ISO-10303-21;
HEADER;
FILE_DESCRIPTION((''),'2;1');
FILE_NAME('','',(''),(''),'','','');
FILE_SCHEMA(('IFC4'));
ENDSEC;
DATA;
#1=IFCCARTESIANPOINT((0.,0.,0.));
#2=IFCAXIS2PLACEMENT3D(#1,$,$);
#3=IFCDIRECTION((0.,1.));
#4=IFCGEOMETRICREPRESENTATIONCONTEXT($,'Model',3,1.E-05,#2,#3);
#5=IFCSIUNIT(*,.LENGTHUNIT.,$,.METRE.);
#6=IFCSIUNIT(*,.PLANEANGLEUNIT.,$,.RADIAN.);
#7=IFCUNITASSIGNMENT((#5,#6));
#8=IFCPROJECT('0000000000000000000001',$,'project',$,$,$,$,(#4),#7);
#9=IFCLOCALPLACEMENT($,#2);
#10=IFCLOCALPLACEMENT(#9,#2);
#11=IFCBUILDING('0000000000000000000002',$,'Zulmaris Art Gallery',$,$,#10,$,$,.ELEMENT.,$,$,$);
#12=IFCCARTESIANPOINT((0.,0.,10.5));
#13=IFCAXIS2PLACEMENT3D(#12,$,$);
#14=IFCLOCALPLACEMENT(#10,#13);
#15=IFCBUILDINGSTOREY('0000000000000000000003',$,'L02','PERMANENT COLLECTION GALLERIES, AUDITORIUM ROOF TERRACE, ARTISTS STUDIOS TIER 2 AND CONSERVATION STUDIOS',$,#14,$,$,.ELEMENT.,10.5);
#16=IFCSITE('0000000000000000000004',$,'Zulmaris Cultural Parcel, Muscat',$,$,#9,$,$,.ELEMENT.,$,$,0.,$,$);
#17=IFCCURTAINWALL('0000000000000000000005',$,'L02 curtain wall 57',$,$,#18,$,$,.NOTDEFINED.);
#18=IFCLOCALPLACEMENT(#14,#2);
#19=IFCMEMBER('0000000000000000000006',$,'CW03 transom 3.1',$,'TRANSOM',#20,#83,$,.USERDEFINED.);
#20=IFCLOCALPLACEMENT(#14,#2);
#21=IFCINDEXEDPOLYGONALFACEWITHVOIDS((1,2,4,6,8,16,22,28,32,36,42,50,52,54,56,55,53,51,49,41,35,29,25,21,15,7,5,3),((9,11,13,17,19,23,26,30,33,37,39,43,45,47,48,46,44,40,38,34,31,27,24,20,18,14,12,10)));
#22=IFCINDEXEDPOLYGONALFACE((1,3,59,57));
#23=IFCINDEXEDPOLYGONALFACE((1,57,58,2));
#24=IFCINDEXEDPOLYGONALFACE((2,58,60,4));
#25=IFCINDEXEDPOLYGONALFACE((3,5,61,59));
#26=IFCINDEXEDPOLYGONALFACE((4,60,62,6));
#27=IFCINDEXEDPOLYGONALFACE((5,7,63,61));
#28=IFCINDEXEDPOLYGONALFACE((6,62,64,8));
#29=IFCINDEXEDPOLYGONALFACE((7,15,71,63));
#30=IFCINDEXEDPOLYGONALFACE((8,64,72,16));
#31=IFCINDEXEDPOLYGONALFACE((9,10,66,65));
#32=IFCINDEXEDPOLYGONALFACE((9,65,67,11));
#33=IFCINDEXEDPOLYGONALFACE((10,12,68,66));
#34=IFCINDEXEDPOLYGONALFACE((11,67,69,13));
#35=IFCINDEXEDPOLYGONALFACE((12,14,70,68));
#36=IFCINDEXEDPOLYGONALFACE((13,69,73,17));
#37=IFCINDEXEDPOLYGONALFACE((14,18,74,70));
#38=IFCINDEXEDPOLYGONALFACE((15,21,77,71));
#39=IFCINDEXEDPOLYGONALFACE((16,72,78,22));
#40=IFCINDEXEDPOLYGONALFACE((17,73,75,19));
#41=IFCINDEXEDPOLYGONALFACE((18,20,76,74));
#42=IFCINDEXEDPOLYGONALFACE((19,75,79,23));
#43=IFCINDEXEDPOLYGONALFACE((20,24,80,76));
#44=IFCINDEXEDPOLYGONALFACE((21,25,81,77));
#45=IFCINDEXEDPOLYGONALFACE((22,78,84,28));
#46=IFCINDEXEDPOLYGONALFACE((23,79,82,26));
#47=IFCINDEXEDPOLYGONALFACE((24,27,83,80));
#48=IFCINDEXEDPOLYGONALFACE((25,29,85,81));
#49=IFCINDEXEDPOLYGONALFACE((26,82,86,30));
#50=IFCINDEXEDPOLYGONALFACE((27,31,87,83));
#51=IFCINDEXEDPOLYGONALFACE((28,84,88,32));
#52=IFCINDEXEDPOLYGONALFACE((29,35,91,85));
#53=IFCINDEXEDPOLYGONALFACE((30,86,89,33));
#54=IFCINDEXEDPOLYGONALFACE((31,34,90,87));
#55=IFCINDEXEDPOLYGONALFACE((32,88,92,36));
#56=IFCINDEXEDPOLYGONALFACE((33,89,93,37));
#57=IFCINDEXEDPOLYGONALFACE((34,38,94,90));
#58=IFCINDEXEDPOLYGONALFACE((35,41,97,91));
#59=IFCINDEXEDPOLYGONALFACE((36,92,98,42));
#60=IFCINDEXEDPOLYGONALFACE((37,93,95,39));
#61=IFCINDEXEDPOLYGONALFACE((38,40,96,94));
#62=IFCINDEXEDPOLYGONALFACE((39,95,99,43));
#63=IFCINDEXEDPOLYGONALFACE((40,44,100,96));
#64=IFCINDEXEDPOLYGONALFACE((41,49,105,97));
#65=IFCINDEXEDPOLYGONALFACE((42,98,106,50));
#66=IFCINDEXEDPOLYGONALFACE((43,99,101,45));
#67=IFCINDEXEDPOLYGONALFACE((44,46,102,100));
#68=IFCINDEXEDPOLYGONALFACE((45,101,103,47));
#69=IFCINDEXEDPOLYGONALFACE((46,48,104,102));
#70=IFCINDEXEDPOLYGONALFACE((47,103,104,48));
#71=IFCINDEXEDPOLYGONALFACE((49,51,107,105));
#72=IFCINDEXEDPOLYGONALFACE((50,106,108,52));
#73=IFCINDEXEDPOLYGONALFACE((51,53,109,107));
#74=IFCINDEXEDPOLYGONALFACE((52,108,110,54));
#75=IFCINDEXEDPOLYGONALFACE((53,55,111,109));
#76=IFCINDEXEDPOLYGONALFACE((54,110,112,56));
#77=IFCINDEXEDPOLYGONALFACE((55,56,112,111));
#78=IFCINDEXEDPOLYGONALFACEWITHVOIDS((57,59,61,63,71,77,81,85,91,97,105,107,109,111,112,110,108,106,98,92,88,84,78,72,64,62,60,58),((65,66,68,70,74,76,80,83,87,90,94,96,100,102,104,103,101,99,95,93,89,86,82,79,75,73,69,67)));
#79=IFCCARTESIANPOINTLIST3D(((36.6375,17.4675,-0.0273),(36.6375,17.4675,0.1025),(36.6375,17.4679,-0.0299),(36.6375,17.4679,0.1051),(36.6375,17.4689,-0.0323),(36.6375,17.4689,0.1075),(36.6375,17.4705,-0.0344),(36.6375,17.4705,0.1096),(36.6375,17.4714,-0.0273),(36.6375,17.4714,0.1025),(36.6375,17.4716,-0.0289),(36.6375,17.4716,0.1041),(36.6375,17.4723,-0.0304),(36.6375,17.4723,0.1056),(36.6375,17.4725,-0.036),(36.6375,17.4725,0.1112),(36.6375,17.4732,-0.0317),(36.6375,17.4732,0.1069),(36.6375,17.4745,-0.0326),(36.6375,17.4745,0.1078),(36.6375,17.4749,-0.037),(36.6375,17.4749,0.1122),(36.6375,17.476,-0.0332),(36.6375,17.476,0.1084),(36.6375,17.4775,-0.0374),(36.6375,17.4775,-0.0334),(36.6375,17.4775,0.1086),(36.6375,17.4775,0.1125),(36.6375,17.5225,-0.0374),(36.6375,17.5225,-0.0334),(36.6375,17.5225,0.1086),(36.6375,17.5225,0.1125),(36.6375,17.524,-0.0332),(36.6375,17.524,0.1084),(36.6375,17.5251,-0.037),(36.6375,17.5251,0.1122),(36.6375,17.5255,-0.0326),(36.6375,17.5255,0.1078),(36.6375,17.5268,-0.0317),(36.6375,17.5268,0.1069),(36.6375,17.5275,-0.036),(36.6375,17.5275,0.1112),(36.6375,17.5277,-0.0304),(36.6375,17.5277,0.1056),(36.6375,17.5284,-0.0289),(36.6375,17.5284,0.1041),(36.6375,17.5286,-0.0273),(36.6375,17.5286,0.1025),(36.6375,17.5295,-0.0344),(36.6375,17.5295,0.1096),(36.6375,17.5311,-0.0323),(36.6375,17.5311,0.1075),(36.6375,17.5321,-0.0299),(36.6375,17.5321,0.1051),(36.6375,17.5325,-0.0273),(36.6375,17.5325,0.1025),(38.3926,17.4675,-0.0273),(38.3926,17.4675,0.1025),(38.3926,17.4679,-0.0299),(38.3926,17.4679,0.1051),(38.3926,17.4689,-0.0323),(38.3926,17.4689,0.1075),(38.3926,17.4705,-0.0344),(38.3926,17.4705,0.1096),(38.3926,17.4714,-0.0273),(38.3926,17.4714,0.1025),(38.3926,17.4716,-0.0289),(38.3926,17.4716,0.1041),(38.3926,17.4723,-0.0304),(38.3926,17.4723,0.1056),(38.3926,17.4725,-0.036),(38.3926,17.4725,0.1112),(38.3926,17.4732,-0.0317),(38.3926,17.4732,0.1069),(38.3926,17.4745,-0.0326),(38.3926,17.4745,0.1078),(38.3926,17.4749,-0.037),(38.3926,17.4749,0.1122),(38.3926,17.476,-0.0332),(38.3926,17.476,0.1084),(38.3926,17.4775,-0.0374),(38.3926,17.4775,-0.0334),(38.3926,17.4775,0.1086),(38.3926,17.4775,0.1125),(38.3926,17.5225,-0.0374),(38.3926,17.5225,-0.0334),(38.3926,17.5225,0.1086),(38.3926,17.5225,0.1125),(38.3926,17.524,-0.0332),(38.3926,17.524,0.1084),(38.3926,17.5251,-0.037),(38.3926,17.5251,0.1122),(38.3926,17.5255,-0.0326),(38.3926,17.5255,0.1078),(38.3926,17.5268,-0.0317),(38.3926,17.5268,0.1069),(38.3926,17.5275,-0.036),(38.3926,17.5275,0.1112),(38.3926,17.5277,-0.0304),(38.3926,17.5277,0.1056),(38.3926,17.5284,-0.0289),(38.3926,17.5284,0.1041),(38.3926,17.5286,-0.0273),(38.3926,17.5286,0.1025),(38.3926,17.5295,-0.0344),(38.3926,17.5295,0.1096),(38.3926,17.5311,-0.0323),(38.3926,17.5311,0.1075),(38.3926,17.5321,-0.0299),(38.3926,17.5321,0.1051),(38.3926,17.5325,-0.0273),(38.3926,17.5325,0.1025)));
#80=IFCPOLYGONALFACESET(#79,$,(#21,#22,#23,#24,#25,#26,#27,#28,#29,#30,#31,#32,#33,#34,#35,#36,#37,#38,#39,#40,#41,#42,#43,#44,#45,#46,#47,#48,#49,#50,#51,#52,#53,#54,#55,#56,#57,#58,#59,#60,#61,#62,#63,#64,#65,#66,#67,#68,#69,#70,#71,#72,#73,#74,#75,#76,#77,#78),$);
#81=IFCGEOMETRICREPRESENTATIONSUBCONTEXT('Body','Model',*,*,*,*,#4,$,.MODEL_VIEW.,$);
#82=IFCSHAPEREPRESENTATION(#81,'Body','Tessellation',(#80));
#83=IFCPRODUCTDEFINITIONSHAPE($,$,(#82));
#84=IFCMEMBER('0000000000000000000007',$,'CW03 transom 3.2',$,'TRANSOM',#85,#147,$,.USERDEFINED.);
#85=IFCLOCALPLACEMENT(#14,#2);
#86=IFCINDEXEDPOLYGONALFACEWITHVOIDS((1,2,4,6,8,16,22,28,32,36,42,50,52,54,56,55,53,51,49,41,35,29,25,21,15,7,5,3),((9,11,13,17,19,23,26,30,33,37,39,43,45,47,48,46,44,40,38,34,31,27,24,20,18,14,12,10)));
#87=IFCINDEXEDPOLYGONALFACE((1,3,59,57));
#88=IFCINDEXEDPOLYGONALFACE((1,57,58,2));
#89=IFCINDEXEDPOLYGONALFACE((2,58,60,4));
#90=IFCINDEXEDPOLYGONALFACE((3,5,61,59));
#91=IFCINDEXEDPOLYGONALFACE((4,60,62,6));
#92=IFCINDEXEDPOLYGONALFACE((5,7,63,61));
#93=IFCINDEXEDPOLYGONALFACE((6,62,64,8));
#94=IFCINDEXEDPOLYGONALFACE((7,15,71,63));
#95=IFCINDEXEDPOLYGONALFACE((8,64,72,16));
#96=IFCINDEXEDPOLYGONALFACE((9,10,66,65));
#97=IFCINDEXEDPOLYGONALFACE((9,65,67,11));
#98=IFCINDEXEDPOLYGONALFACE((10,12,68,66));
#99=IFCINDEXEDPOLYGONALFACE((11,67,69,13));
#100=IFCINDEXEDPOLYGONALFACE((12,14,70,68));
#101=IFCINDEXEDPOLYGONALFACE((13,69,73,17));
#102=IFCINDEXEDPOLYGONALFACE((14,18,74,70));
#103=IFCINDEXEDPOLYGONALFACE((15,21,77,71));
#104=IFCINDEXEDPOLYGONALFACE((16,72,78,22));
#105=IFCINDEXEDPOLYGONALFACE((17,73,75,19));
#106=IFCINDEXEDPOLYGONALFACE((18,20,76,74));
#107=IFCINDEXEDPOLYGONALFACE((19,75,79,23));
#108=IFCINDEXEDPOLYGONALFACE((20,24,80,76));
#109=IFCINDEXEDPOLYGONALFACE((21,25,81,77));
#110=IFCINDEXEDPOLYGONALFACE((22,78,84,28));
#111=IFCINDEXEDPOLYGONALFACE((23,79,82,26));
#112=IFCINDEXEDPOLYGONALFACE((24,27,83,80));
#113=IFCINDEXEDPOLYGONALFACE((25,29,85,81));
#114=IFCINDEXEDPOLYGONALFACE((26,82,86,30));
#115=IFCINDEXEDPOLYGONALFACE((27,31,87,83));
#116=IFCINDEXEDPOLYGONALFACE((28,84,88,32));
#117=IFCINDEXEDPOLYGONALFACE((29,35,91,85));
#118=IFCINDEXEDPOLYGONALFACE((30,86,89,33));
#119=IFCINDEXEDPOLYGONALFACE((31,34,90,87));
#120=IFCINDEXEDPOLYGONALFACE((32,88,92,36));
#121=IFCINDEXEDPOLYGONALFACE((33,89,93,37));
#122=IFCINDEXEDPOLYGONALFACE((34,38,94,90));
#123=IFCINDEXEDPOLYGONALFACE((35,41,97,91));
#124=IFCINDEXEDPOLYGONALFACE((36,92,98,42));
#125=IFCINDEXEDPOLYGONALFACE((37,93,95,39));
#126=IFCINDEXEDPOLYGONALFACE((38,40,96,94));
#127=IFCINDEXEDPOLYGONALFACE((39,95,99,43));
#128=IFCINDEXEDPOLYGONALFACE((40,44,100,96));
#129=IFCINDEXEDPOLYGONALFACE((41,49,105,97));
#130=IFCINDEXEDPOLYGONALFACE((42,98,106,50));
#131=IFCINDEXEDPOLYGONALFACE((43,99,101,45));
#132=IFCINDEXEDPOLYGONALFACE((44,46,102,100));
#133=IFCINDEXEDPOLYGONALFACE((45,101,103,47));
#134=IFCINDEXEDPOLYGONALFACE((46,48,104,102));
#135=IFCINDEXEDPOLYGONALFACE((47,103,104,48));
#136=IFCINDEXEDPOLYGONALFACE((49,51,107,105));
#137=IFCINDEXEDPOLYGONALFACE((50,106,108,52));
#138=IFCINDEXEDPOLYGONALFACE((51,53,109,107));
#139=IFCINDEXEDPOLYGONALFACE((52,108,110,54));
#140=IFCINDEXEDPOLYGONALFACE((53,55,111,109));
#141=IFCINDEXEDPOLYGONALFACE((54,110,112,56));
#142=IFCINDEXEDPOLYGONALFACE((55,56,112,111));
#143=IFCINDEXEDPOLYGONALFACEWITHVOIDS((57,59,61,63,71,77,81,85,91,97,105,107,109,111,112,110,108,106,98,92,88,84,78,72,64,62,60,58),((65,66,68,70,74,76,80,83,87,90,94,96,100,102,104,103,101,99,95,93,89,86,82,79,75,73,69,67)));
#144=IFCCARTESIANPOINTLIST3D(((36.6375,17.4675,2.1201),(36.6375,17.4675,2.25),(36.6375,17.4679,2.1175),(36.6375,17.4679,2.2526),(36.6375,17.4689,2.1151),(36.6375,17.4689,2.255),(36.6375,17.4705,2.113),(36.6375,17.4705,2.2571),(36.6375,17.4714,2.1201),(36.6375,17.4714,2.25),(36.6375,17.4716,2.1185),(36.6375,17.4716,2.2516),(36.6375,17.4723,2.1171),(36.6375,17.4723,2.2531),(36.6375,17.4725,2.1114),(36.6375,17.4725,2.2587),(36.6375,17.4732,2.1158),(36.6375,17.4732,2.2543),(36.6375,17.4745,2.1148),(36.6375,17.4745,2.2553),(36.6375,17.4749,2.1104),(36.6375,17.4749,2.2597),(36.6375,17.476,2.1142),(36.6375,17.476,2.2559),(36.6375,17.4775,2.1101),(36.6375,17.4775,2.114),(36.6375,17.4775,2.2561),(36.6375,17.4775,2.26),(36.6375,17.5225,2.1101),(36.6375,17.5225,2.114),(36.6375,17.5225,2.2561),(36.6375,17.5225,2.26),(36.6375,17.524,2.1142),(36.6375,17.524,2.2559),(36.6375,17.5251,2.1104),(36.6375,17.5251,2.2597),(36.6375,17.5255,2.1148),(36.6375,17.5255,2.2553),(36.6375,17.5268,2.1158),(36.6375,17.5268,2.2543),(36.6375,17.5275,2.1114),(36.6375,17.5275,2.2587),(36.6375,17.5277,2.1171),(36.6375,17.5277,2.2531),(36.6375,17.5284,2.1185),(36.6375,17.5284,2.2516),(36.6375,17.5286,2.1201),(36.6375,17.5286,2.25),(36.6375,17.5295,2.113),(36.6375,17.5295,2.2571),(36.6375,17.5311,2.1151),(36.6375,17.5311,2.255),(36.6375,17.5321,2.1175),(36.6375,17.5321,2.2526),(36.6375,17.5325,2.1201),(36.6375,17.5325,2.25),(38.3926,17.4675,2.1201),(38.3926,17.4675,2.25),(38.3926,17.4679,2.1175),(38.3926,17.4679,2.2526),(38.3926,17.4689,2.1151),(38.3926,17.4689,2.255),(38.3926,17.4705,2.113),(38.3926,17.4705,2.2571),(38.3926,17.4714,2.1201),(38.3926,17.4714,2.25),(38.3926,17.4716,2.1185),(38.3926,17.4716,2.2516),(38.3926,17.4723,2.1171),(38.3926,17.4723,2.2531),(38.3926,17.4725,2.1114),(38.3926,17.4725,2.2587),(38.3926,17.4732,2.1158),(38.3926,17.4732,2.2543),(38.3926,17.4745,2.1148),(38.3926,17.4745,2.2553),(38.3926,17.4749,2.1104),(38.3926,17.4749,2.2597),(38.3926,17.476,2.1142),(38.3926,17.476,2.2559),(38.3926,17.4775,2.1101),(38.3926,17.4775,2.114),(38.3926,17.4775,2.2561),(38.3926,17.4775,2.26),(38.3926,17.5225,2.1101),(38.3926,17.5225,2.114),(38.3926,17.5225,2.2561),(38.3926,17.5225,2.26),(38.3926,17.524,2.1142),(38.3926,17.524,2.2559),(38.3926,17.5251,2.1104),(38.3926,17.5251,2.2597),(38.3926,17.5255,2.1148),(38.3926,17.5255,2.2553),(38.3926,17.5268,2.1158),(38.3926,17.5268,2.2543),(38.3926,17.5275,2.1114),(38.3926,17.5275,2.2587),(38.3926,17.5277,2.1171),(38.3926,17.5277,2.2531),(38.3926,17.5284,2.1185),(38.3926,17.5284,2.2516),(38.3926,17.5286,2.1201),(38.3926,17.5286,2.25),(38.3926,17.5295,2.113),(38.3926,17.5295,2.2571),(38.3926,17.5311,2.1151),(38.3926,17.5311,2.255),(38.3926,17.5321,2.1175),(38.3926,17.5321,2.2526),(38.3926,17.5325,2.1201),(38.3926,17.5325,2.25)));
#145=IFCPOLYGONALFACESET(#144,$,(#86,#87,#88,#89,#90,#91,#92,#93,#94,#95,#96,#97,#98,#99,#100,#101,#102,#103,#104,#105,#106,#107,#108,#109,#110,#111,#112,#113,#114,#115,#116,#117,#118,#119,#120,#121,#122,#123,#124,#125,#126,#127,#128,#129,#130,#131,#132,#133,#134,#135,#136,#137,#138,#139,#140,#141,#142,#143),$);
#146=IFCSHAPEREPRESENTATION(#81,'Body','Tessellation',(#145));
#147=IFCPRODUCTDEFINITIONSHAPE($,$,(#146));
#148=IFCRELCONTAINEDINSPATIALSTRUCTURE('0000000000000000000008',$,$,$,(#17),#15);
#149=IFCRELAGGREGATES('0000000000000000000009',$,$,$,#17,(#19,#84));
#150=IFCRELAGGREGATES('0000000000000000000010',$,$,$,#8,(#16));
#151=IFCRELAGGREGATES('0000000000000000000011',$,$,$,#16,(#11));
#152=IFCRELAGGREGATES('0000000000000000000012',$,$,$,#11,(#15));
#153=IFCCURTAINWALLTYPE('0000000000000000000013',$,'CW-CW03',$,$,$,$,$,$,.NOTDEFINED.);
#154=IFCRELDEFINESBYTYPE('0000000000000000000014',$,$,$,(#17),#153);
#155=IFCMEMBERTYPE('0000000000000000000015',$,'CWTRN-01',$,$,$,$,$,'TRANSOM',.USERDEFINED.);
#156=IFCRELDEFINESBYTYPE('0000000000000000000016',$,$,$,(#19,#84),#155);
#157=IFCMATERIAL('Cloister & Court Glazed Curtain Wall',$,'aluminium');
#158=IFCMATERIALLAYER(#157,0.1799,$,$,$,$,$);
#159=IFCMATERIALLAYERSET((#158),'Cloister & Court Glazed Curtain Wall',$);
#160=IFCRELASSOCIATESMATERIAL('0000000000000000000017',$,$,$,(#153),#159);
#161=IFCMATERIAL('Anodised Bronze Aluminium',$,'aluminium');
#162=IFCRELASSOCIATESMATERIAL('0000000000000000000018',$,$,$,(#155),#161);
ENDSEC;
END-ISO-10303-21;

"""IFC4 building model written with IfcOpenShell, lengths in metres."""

from ifc_helpers import new_model, si_unit, direction, frame, origin, origin_2d, place, context, subcontext, project, spatial, hollow_rectangle, extrude, material, layer, layer_set, material_profile, profile_set, type_object, element, aggregate, save


model = new_model("IFC4")

# Units and contexts
model_context = context("Model", 3, precision=1e-05, world=origin(), true_north=direction((0.0, 1.0)))
body_context = subcontext(model_context, "Body", "Model", "MODEL_VIEW")
ifc_project = project(units=[si_unit("LENGTHUNIT", "METRE"), si_unit("PLANEANGLEUNIT", "RADIAN")], contexts=[model_context])

# Site, building, storey
site_placement = place(None, origin())
site = spatial("IfcSite", under=ifc_project, at=site_placement, Name="Zulmaris Cultural Parcel, Muscat", CompositionType="ELEMENT", RefElevation=0.0)
building_placement = place(site_placement, origin())
building = spatial("IfcBuilding", under=site, at=building_placement, Name="Zulmaris Art Gallery", CompositionType="ELEMENT")
storey_placement = place(building_placement, frame((0.0, 0.0, 10.5)))
storey = spatial("IfcBuildingStorey", under=building, at=storey_placement, Name="L02", Description="PERMANENT COLLECTION GALLERIES, AUDITORIUM ROOF TERRACE, ARTISTS STUDIOS TIER 2 AND CONSERVATION STUDIOS", CompositionType="ELEMENT", Elevation=10.5)

# Curtain wall, members
ifc_material_1 = material(Name="Cloister & Court Glazed Curtain Wall", Category="aluminium")
ifc_layer_1 = layer(ifc_material_1, 0.1799)
ifc_layer_set_1 = layer_set([ifc_layer_1], Name="Cloister & Court Glazed Curtain Wall")
curtain_wall_type = type_object("IfcCurtainWallType", Name="CW-CW03", PredefinedType="NOTDEFINED", material=ifc_layer_set_1)
curtain_wall_placement = place(storey_placement, origin())
curtain_wall = element("IfcCurtainWall", 1, at=curtain_wall_placement, inside=storey, type_object=curtain_wall_type, Name="L02 curtain wall 57", PredefinedType="NOTDEFINED")
ifc_material_2 = material(Name="Anodised Bronze Aluminium", Category="aluminium")
ifc_material_profile_1 = material_profile(ifc_material_2, hollow_rectangle(XDim=0.0649, YDim=0.1499, WallThickness=0.0039, InnerFilletRadius=0.0061, OuterFilletRadius=0.01, at=origin_2d()), Name="ALU 65x150x4")
ifc_profile_set_1 = profile_set([ifc_material_profile_1], Name="Anodised Bronze Aluminium")
member_type_1 = type_object("IfcMemberType", Name="CWTRN-01", ElementType="TRANSOM", PredefinedType="USERDEFINED", material=ifc_profile_set_1)
member_1_placement = place(storey_placement, frame((36.6375, 17.5, 0.0376), z_axis=(1.0, 0.0, 0.0), x_axis=(0.0, 1.0, 0.0)))
member_1 = element("IfcMember", 2, at=member_1_placement, type_object=member_type_1, Name="CW03 transom 3.1", ObjectType="TRANSOM", PredefinedType="USERDEFINED", context=body_context, shape_type="SweptSolid", body=[
    extrude(hollow_rectangle(XDim=0.0649, YDim=0.1499, WallThickness=0.0039, InnerFilletRadius=0.0061, OuterFilletRadius=0.01, at=origin_2d()), origin(), (0.0, 0.0, 1.0), 1.7551),
])
member_2_placement = place(storey_placement, frame((36.6375, 17.5, 2.1851), z_axis=(1.0, 0.0, 0.0), x_axis=(0.0, 1.0, 0.0)))
member_2 = element("IfcMember", 3, at=member_2_placement, type_object=member_type_1, Name="CW03 transom 3.2", ObjectType="TRANSOM", PredefinedType="USERDEFINED", context=body_context, shape_type="SweptSolid", body=[
    extrude(hollow_rectangle(XDim=0.0649, YDim=0.1499, WallThickness=0.0039, InnerFilletRadius=0.0061, OuterFilletRadius=0.01, at=origin_2d()), origin(), (0.0, 0.0, 1.0), 1.7551),
])
aggregate(curtain_wall, [member_1, member_2])

save(model, "model.ifc")
